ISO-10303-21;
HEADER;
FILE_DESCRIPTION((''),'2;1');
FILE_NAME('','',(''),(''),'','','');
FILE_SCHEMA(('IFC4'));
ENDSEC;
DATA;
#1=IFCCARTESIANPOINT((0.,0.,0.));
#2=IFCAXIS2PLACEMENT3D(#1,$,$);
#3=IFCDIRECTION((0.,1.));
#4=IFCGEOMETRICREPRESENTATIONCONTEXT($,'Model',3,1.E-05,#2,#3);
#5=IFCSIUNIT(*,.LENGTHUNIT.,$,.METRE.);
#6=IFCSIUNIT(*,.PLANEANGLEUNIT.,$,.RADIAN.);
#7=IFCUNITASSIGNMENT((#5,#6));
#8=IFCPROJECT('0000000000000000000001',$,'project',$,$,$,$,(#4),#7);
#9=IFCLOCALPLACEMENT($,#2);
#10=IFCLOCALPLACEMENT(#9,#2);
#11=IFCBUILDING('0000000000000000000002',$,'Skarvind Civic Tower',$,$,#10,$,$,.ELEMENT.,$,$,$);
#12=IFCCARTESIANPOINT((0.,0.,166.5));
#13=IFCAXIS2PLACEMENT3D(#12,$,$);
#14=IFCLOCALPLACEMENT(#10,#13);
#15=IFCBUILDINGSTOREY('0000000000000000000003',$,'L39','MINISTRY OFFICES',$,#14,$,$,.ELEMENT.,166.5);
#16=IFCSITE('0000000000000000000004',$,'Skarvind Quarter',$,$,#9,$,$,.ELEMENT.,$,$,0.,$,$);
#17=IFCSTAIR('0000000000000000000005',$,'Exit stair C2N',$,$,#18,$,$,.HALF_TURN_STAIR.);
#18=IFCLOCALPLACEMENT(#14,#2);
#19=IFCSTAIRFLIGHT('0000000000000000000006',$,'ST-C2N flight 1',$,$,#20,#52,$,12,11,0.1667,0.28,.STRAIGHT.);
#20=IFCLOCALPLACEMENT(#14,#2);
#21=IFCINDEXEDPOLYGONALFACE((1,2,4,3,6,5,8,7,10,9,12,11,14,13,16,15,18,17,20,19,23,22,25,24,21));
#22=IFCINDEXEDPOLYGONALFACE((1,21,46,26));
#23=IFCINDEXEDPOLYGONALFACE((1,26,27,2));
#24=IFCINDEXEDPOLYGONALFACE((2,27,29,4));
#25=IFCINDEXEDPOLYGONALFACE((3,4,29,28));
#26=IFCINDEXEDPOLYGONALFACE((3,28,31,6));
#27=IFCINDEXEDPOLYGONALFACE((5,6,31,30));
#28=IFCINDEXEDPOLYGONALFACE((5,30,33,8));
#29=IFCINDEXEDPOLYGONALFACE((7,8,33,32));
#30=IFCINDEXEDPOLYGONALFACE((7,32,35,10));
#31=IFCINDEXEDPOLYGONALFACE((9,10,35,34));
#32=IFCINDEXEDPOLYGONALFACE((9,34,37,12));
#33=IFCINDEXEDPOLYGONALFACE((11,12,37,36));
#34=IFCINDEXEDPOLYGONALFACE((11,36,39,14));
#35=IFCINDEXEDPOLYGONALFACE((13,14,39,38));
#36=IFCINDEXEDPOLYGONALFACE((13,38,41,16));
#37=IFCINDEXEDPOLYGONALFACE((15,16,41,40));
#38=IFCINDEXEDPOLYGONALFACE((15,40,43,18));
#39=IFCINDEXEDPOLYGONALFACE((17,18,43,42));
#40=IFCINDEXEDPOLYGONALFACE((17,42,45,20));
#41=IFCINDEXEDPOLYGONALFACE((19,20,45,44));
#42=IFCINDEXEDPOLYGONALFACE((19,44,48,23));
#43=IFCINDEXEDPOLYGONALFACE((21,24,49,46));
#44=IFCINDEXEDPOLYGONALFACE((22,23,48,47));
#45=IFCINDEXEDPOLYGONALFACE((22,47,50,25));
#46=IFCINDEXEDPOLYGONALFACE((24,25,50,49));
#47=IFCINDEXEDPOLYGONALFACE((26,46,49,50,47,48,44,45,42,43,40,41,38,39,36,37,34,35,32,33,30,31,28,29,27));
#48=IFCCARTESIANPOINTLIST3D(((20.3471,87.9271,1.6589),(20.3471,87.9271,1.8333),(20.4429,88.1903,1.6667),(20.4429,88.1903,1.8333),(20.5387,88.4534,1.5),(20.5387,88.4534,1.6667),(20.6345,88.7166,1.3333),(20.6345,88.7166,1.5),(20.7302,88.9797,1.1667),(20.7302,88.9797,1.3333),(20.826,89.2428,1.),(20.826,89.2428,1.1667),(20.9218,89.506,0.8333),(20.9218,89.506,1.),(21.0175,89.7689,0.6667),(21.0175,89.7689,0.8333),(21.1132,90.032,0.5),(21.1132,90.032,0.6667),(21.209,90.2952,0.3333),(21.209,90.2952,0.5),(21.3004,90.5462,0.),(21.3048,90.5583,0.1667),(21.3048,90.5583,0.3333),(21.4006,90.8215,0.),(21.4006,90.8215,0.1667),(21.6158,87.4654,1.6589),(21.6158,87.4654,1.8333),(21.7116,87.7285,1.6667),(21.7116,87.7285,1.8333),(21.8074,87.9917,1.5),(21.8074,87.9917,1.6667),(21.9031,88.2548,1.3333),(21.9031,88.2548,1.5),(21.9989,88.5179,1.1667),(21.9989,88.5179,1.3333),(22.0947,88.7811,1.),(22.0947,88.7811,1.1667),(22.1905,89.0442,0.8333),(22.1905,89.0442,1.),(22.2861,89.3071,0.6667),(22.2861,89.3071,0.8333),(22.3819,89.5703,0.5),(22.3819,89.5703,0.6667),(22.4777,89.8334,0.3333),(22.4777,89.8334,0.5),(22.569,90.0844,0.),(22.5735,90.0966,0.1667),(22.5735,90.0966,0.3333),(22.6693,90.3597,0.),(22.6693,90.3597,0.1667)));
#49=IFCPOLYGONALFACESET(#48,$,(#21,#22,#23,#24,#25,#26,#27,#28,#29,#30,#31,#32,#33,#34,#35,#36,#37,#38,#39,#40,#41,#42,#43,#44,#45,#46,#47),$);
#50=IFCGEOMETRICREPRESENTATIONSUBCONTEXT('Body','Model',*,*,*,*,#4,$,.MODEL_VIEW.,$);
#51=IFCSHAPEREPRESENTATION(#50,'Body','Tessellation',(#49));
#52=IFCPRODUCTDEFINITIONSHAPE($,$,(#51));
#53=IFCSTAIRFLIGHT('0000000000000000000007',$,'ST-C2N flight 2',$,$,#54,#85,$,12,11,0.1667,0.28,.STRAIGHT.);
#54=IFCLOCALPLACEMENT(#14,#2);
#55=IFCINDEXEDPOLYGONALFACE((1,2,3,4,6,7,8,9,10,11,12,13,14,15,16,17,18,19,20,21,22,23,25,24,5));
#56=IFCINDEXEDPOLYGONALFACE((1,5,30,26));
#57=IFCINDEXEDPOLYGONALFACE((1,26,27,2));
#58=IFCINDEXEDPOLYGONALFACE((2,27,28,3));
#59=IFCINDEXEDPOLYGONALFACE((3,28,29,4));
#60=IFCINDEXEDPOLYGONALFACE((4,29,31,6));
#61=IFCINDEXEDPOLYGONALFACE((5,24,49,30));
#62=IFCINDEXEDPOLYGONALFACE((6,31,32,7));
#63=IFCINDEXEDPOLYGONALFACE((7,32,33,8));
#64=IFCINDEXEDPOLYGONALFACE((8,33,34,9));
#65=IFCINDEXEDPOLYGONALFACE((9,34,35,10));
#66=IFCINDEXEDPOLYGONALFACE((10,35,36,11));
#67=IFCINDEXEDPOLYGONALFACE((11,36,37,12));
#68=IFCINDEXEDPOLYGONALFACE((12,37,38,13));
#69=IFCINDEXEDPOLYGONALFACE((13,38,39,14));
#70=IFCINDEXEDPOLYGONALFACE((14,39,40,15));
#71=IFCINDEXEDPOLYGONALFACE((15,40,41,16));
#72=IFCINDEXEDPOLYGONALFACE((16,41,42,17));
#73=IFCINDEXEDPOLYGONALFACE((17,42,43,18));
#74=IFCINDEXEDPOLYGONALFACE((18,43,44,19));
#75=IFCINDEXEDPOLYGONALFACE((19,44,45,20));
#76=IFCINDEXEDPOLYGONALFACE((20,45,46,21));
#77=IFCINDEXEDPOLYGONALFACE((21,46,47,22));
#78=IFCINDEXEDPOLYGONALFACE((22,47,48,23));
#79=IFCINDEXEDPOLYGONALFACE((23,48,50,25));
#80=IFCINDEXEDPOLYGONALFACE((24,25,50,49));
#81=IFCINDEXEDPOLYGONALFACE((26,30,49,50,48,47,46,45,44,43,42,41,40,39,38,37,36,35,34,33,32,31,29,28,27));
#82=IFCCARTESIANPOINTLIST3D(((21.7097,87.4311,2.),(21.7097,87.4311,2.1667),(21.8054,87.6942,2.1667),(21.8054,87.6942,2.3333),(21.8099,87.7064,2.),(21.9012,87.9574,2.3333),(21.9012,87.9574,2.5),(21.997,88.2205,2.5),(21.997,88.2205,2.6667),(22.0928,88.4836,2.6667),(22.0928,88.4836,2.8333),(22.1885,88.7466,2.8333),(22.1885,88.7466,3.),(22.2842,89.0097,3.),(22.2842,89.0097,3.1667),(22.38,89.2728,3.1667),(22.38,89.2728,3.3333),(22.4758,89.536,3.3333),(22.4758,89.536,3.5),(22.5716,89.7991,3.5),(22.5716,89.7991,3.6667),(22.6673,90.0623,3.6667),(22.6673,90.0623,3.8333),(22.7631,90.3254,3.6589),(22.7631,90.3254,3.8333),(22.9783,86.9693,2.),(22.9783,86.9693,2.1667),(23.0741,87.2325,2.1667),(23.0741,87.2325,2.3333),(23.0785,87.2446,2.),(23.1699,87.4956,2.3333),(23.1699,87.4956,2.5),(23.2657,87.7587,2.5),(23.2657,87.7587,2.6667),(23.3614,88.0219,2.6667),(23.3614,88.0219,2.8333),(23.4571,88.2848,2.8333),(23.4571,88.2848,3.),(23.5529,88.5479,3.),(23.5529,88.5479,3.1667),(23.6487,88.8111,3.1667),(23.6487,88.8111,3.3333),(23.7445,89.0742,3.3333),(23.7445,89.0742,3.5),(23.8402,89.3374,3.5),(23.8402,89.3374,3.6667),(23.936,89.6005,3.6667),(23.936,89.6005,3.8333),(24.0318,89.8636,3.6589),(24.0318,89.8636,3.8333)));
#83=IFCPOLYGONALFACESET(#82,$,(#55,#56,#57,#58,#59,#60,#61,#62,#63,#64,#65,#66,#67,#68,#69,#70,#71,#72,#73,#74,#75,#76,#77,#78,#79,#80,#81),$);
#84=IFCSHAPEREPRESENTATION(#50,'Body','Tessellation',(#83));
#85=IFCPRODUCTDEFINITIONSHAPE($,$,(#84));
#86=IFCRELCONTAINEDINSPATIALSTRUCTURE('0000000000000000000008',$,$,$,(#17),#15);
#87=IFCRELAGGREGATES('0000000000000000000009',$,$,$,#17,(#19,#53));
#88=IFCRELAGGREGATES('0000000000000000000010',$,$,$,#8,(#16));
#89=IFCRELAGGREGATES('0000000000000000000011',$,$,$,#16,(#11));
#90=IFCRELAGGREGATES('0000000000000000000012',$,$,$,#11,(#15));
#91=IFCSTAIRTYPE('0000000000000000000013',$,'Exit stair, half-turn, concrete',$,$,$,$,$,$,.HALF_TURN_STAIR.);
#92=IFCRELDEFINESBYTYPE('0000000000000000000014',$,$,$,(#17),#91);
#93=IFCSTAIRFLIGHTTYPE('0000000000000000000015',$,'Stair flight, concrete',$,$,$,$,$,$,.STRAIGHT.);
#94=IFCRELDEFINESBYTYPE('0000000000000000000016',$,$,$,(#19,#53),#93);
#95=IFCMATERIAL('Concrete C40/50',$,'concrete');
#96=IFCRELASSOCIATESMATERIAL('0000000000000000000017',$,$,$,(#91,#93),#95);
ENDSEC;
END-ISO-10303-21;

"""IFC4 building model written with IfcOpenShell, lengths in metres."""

from ifc_helpers import new_model, si_unit, direction, frame, origin, place, context, subcontext, project, spatial, polyline, outline, extrude, material, type_object, element, aggregate, save


model = new_model("IFC4")

# Units and contexts
model_context = context("Model", 3, precision=1e-05, world=origin(), true_north=direction((0.0, 1.0)))
body_context = subcontext(model_context, "Body", "Model", "MODEL_VIEW")
ifc_project = project(units=[si_unit("LENGTHUNIT", "METRE"), si_unit("PLANEANGLEUNIT", "RADIAN")], contexts=[model_context])

# Site, building, storey
site_placement = place(None, origin())
site = spatial("IfcSite", under=ifc_project, at=site_placement, Name="Skarvind Quarter", CompositionType="ELEMENT", RefElevation=0.0)
building_placement = place(site_placement, origin())
building = spatial("IfcBuilding", under=site, at=building_placement, Name="Skarvind Civic Tower", CompositionType="ELEMENT")
storey_placement = place(building_placement, frame((0.0, 0.0, 166.5)))
storey = spatial("IfcBuildingStorey", under=building, at=storey_placement, Name="L39", Description="MINISTRY OFFICES", CompositionType="ELEMENT", Elevation=166.5)

# Stair, stair flights
ifc_material_1 = material(Name="Concrete C40/50", Category="concrete")
stair_type = type_object("IfcStairType", Name="Exit stair, half-turn, concrete", PredefinedType="HALF_TURN_STAIR", material=ifc_material_1)
stair_placement = place(storey_placement, origin())
stair = element("IfcStair", 1, at=stair_placement, inside=storey, type_object=stair_type, Name="Exit stair C2N", PredefinedType="HALF_TURN_STAIR")
stair_flight_type = type_object("IfcStairFlightType", Name="Stair flight, concrete", PredefinedType="STRAIGHT", material=ifc_material_1)
stair_flight_1_placement = place(storey_placement, frame((22.0349, 90.5906, 0.0), z_axis=(0.0, 0.0, 1.0), x_axis=(-0.34202, -0.939693, 0.0)))
stair_flight_1 = element("IfcStairFlight", 2, at=stair_flight_1_placement, type_object=stair_flight_type, Name="ST-C2N flight 1", NumberOfRisers=12, NumberOfTreads=11, PredefinedType="STRAIGHT", RiserHeight=0.1667, TreadLength=0.28, context=body_context, shape_type="SweptSolid", body=[
    extrude(outline(polyline([(0.0, 0.0), (0.0, 0.1667), (0.28, 0.1667), (0.28, 0.3333), (0.5601, 0.3333), (0.5601, 0.5), (0.8401, 0.5), (0.8401, 0.6667), (1.1201, 0.6667), (1.1201, 0.8333), (1.3999, 0.8333), (1.3999, 1.0), (1.6799, 1.0), (1.6799, 1.1667), (1.96, 1.1667), (1.96, 1.3333), (2.24, 1.3333), (2.24, 1.5), (2.52, 1.5), (2.52, 1.6667), (2.8, 1.6667), (2.8, 1.8333), (3.0801, 1.8333), (3.0801, 2.0), (3.0801, 1.6589), (0.293, 0.0), (0.0, 0.0)])), frame((0.0, 0.675, 0.0), z_axis=(0.0, -1.0, 0.0), x_axis=(1.0, 0.0, 0.0)), (0.0, 0.0, 1.0), 1.3501),
])
stair_flight_2_placement = place(storey_placement, frame((22.344, 87.2002, 2.0), z_axis=(0.0, 0.0, 1.0), x_axis=(0.34202, 0.939693, 0.0)))
stair_flight_2 = element("IfcStairFlight", 3, at=stair_flight_2_placement, type_object=stair_flight_type, Name="ST-C2N flight 2", NumberOfRisers=12, NumberOfTreads=11, PredefinedType="STRAIGHT", RiserHeight=0.1667, TreadLength=0.28, context=body_context, shape_type="SweptSolid", body=[
    extrude(outline(polyline([(0.0, 0.0), (0.0, 0.1667), (0.28, 0.1667), (0.28, 0.3333), (0.5601, 0.3333), (0.5601, 0.5), (0.8401, 0.5), (0.8401, 0.6667), (1.1201, 0.6667), (1.1201, 0.8333), (1.3999, 0.8333), (1.3999, 1.0), (1.6799, 1.0), (1.6799, 1.1667), (1.96, 1.1667), (1.96, 1.3333), (2.24, 1.3333), (2.24, 1.5), (2.52, 1.5), (2.52, 1.6667), (2.8, 1.6667), (2.8, 1.8333), (3.0801, 1.8333), (3.0801, 2.0), (3.0801, 1.6589), (0.293, 0.0), (0.0, 0.0)])), frame((0.0, 0.675, 0.0), z_axis=(0.0, -1.0, 0.0), x_axis=(1.0, 0.0, 0.0)), (0.0, 0.0, 1.0), 1.3501),
])
aggregate(stair, [stair_flight_1, stair_flight_2])

save(model, "model.ifc")
